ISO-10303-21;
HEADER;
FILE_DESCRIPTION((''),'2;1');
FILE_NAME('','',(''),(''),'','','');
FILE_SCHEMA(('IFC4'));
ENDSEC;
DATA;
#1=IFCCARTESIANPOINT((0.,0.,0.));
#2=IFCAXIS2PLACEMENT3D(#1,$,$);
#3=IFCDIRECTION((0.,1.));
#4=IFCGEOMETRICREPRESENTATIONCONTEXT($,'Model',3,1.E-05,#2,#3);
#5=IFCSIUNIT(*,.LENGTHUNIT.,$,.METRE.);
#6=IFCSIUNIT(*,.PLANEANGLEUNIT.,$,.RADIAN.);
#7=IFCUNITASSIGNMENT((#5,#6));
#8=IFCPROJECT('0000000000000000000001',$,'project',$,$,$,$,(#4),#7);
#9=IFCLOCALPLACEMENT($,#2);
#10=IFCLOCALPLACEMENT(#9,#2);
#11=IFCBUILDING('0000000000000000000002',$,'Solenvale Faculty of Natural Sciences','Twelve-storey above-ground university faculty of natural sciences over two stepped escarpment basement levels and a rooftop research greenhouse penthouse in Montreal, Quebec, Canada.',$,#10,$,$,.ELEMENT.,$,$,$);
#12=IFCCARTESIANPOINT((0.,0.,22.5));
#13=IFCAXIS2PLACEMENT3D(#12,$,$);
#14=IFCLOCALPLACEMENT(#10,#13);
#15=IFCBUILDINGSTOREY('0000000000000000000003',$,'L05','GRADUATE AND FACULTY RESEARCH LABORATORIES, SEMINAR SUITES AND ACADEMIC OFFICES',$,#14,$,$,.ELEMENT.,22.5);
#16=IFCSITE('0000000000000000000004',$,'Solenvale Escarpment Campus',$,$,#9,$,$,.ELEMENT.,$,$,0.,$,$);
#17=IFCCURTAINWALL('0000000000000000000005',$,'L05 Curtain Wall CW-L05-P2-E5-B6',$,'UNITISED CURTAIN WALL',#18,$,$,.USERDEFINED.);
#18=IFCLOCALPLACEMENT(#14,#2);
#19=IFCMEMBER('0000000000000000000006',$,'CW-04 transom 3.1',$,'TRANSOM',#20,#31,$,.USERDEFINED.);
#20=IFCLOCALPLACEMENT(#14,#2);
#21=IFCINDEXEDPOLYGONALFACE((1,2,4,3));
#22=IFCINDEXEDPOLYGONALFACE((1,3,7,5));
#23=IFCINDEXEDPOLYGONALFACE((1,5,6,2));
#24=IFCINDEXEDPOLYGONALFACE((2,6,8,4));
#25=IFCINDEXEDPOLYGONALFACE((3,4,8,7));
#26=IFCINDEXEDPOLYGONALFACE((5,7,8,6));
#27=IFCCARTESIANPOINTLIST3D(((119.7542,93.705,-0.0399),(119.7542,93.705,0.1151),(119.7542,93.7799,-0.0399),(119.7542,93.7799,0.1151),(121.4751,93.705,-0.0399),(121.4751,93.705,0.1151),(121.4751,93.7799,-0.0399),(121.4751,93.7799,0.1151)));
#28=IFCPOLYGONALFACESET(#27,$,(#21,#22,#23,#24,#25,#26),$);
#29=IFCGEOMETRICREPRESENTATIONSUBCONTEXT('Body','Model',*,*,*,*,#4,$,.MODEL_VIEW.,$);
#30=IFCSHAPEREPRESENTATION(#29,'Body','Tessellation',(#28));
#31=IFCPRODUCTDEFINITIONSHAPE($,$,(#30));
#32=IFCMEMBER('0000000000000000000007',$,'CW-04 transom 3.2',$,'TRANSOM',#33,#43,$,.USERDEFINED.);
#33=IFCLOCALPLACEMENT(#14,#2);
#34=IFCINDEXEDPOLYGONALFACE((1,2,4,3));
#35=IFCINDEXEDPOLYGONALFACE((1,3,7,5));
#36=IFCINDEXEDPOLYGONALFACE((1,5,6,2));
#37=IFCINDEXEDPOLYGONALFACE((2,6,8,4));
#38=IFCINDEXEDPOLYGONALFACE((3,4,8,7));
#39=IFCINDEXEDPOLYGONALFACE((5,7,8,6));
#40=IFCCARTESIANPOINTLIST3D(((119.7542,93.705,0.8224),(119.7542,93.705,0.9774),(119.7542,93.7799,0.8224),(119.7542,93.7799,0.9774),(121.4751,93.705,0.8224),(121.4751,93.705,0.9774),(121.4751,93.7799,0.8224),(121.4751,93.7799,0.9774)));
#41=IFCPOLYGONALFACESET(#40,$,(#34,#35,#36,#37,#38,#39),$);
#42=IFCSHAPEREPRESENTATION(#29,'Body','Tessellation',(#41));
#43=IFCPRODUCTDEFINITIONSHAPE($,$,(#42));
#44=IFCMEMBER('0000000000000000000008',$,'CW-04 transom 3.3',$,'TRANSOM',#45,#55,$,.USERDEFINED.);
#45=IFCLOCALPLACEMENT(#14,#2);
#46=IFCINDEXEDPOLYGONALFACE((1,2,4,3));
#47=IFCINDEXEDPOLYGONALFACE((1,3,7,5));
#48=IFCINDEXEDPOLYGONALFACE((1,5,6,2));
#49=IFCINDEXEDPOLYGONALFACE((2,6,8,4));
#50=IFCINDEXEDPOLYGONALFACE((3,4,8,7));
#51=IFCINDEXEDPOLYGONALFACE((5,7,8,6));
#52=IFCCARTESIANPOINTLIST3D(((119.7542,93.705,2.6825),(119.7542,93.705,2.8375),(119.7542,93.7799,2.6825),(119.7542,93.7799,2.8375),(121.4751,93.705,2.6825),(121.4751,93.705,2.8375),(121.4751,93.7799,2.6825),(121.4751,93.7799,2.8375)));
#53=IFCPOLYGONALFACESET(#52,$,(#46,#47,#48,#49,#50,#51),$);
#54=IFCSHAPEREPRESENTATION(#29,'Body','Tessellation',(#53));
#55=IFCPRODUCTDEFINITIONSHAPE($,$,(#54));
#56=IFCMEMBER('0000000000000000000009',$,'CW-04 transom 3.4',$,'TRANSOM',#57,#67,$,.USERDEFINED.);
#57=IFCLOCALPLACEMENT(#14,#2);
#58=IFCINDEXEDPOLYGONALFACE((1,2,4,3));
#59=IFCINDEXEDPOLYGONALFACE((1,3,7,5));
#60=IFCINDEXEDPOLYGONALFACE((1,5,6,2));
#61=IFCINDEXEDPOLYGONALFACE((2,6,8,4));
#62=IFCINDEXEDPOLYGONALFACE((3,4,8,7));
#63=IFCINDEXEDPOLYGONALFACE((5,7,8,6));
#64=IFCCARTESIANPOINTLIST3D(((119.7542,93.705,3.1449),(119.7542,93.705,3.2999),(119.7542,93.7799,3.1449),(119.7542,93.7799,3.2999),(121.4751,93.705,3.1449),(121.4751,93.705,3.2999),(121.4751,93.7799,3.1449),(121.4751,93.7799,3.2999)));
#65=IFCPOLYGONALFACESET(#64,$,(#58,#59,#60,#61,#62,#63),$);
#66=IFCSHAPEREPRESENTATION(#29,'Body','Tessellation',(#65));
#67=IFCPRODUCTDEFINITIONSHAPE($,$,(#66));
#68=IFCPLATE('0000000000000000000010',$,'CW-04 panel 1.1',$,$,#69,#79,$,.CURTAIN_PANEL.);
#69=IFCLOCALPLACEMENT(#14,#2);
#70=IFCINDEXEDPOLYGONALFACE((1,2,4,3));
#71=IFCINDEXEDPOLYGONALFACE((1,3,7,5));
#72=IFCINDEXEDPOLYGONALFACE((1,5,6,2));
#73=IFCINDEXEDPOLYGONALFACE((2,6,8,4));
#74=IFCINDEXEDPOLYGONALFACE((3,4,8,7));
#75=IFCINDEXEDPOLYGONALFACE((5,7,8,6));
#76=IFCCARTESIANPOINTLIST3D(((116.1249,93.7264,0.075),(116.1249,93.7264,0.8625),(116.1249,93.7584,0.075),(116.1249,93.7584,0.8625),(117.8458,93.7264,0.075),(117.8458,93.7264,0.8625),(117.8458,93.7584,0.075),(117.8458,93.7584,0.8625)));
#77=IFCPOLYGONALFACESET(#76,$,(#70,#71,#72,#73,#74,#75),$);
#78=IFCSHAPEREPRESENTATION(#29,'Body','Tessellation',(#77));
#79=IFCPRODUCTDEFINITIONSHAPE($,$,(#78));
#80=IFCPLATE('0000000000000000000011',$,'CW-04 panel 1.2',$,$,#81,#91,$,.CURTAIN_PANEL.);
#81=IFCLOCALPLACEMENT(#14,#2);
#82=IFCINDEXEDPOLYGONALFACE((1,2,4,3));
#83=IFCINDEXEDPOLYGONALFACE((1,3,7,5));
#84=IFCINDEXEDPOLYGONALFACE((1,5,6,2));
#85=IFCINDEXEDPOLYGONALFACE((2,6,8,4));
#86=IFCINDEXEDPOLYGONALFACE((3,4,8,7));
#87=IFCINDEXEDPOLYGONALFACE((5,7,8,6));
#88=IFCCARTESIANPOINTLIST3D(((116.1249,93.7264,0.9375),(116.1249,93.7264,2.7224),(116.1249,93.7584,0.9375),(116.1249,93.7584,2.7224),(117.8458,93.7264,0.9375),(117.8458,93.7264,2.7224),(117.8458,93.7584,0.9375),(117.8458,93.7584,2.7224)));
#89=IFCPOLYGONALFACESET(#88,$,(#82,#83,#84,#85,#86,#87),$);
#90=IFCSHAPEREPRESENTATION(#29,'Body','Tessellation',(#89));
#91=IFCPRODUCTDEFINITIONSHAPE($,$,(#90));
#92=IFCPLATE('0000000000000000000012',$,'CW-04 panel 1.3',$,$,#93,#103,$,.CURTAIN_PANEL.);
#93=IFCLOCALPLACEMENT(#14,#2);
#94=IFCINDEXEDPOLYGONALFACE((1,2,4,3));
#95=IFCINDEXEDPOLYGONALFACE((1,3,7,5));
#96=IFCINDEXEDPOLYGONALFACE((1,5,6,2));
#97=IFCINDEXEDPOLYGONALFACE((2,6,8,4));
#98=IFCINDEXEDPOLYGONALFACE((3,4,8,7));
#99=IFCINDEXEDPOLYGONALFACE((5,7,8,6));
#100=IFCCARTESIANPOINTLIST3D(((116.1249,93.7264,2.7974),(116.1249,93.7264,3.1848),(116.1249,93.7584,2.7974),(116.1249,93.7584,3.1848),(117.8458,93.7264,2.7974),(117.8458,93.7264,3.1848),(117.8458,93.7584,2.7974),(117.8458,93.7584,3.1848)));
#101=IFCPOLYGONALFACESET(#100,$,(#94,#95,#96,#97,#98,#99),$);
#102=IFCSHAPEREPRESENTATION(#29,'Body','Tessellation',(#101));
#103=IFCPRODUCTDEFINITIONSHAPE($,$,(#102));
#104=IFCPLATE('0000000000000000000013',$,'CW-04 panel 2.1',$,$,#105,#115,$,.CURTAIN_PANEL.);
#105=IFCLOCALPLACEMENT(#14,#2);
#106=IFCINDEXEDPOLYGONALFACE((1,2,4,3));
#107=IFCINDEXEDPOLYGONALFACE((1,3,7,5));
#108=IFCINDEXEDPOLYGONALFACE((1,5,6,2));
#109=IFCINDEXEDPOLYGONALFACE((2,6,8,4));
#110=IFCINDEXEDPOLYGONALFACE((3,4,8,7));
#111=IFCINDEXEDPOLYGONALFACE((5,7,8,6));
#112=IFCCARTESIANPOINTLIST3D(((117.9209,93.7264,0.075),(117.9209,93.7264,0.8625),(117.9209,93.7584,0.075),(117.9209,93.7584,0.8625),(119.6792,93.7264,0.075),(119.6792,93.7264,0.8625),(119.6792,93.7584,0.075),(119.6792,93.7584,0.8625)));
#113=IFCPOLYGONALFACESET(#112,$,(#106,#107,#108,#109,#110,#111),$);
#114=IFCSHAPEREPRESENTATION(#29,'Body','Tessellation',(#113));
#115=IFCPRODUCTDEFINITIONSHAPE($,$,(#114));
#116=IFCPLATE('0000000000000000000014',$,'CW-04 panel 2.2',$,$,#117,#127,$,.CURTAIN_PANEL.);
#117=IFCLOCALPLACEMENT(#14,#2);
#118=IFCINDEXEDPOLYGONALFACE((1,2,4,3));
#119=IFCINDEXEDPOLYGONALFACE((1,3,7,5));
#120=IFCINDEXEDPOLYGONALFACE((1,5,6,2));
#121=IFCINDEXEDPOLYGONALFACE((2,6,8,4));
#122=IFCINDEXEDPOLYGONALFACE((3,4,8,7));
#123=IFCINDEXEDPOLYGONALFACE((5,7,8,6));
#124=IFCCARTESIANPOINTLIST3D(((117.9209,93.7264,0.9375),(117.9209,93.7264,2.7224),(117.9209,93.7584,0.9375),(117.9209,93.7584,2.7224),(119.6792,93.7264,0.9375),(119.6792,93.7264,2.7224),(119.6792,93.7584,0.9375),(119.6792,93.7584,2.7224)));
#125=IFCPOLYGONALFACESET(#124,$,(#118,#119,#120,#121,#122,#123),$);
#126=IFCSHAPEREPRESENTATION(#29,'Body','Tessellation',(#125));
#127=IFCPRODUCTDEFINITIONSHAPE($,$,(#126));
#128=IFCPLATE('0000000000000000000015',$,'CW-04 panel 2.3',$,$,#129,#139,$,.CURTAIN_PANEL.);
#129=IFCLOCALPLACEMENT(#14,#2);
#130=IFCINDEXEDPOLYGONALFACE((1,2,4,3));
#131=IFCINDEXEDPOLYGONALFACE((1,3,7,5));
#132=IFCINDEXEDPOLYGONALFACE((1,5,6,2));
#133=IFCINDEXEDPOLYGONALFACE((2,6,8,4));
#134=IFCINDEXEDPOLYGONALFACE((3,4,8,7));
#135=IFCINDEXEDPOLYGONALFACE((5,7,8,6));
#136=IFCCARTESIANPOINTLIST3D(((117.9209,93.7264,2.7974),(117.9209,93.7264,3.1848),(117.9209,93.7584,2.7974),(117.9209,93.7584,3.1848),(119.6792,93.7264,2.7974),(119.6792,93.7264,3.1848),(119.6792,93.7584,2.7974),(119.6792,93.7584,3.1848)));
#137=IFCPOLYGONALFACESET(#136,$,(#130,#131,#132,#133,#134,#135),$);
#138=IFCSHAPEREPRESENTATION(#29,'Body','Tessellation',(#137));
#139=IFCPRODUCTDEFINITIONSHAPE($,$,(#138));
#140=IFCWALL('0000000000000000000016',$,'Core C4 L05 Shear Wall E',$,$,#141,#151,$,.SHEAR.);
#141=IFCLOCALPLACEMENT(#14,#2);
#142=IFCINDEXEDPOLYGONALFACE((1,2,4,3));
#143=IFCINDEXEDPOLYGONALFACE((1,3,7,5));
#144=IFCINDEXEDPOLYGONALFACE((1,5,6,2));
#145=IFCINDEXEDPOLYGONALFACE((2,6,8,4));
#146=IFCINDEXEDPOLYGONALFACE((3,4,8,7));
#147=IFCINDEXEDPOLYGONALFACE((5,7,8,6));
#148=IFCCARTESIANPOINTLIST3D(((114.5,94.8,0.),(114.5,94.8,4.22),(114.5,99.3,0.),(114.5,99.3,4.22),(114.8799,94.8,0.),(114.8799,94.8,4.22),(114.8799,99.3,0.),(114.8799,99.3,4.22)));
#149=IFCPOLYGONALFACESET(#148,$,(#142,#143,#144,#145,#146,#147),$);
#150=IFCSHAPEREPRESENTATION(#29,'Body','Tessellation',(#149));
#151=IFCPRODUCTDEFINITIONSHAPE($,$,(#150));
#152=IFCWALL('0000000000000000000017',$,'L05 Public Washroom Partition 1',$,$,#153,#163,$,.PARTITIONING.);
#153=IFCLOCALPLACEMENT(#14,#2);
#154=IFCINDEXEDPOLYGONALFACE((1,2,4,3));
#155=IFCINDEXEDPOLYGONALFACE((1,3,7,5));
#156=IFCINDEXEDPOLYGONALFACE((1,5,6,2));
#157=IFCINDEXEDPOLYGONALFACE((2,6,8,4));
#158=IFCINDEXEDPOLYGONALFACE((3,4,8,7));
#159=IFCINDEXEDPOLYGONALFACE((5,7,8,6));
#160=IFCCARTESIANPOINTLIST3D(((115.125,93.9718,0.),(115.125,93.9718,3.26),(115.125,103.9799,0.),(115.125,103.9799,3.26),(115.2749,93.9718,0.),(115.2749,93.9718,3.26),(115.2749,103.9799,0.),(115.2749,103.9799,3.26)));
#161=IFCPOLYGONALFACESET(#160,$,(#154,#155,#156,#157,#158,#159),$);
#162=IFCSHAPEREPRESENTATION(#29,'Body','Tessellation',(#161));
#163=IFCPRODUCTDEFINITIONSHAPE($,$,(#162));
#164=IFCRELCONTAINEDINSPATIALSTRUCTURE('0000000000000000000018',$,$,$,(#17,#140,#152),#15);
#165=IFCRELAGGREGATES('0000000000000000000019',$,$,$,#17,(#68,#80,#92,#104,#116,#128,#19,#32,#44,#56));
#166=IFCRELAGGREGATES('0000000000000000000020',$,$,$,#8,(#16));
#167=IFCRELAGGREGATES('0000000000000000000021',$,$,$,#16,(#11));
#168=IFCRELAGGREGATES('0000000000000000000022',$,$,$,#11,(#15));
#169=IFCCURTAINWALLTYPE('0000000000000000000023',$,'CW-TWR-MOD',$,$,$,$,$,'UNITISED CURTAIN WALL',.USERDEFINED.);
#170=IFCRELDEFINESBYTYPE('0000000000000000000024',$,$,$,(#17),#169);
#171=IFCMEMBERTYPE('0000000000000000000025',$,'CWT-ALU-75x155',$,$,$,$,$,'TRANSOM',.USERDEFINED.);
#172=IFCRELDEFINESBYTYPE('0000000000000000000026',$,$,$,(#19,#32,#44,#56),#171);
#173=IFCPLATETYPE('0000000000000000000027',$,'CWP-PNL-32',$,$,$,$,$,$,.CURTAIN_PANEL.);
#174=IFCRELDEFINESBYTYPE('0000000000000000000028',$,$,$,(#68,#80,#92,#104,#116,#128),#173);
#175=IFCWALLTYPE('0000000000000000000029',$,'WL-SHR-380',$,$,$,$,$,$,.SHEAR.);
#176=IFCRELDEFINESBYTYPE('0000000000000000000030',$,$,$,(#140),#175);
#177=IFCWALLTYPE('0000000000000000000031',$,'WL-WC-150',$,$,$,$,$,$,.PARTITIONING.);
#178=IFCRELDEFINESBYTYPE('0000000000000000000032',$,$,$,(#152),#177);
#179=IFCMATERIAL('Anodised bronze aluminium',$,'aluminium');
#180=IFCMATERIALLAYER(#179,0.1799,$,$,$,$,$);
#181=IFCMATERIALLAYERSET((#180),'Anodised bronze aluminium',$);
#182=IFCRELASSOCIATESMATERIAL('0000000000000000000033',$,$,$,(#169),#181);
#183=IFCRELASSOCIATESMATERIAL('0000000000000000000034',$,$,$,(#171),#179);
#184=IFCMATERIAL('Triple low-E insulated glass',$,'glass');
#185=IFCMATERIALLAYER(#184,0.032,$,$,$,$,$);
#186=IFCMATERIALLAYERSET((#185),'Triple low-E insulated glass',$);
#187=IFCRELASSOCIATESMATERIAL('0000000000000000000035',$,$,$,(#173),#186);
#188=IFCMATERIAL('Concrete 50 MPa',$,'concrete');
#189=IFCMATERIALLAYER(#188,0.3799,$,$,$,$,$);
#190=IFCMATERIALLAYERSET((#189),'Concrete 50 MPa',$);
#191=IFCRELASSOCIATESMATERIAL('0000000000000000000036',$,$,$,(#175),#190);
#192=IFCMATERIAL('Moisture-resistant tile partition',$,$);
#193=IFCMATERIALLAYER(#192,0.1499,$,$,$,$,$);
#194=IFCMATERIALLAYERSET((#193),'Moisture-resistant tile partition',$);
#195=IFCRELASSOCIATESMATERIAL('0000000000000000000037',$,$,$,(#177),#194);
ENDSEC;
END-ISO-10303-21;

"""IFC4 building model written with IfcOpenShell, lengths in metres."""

from ifc_helpers import new_model, si_unit, direction, frame, frame_2d, origin, origin_2d, place, context, subcontext, project, spatial, rectangle, extrude, material, layer, layer_set, material_profile, profile_set, type_object, element, aggregate, save


model = new_model("IFC4")

# Units and contexts
model_context = context("Model", 3, precision=1e-05, world=origin(), true_north=direction((0.0, 1.0)))
body_context = subcontext(model_context, "Body", "Model", "MODEL_VIEW")
ifc_project = project(units=[si_unit("LENGTHUNIT", "METRE"), si_unit("PLANEANGLEUNIT", "RADIAN")], contexts=[model_context])

# Site, building, storey
site_placement = place(None, origin())
site = spatial("IfcSite", under=ifc_project, at=site_placement, Name="Solenvale Escarpment Campus", CompositionType="ELEMENT", RefElevation=0.0)
building_placement = place(site_placement, origin())
building = spatial("IfcBuilding", under=site, at=building_placement, Name="Solenvale Faculty of Natural Sciences", Description="Twelve-storey above-ground university faculty of natural sciences over two stepped escarpment basement levels and a rooftop research greenhouse penthouse in Montreal, Quebec, Canada.", CompositionType="ELEMENT")
storey_placement = place(building_placement, frame((0.0, 0.0, 22.5)))
storey = spatial("IfcBuildingStorey", under=building, at=storey_placement, Name="L05", Description="GRADUATE AND FACULTY RESEARCH LABORATORIES, SEMINAR SUITES AND ACADEMIC OFFICES", CompositionType="ELEMENT", Elevation=22.5)

# Curtain wall, members, plates
ifc_material_1 = material(Name="Anodised bronze aluminium", Category="aluminium")
ifc_layer_1 = layer(ifc_material_1, 0.1799)
ifc_layer_set_1 = layer_set([ifc_layer_1], Name="Anodised bronze aluminium")
curtain_wall_type = type_object("IfcCurtainWallType", Name="CW-TWR-MOD", ElementType="UNITISED CURTAIN WALL", PredefinedType="USERDEFINED", material=ifc_layer_set_1)
curtain_wall_placement = place(storey_placement, origin())
curtain_wall = element("IfcCurtainWall", 1, at=curtain_wall_placement, inside=storey, type_object=curtain_wall_type, Name="L05 Curtain Wall CW-L05-P2-E5-B6", ObjectType="UNITISED CURTAIN WALL", PredefinedType="USERDEFINED")
ifc_material_profile_1 = material_profile(ifc_material_1, rectangle(XDim=0.075, YDim=0.155, at=origin_2d()), Name="ALU-TRN-75x155")
ifc_profile_set_1 = profile_set([ifc_material_profile_1], Name="Anodised bronze aluminium")
member_type_1 = type_object("IfcMemberType", Name="CWT-ALU-75x155", ElementType="TRANSOM", PredefinedType="USERDEFINED", material=ifc_profile_set_1)
member_1_placement = place(storey_placement, frame((119.7542, 93.7424, 0.0376), z_axis=(1.0, 0.0, 0.0), x_axis=(0.0, 1.0, 0.0)))
member_1 = element("IfcMember", 2, at=member_1_placement, type_object=member_type_1, Name="CW-04 transom 3.1", ObjectType="TRANSOM", PredefinedType="USERDEFINED", context=body_context, shape_type="SweptSolid", body=[
    extrude(rectangle(XDim=0.075, YDim=0.155, at=origin_2d()), origin(), (0.0, 0.0, 1.0), 1.7209),
])
member_2_placement = place(storey_placement, frame((119.7542, 93.7424, 0.8999), z_axis=(1.0, 0.0, 0.0), x_axis=(0.0, 1.0, 0.0)))
member_2 = element("IfcMember", 3, at=member_2_placement, type_object=member_type_1, Name="CW-04 transom 3.2", ObjectType="TRANSOM", PredefinedType="USERDEFINED", context=body_context, shape_type="SweptSolid", body=[
    extrude(rectangle(XDim=0.075, YDim=0.155, at=origin_2d()), origin(), (0.0, 0.0, 1.0), 1.7209),
])
member_3_placement = place(storey_placement, frame((119.7542, 93.7424, 2.76), z_axis=(1.0, 0.0, 0.0), x_axis=(0.0, 1.0, 0.0)))
member_3 = element("IfcMember", 4, at=member_3_placement, type_object=member_type_1, Name="CW-04 transom 3.3", ObjectType="TRANSOM", PredefinedType="USERDEFINED", context=body_context, shape_type="SweptSolid", body=[
    extrude(rectangle(XDim=0.075, YDim=0.155, at=origin_2d()), origin(), (0.0, 0.0, 1.0), 1.7209),
])
member_4_placement = place(storey_placement, frame((119.7542, 93.7424, 3.2224), z_axis=(1.0, 0.0, 0.0), x_axis=(0.0, 1.0, 0.0)))
member_4 = element("IfcMember", 5, at=member_4_placement, type_object=member_type_1, Name="CW-04 transom 3.4", ObjectType="TRANSOM", PredefinedType="USERDEFINED", context=body_context, shape_type="SweptSolid", body=[
    extrude(rectangle(XDim=0.075, YDim=0.155, at=origin_2d()), origin(), (0.0, 0.0, 1.0), 1.7209),
])
ifc_material_2 = material(Name="Triple low-E insulated glass", Category="glass")
ifc_layer_2 = layer(ifc_material_2, 0.032)
ifc_layer_set_2 = layer_set([ifc_layer_2], Name="Triple low-E insulated glass")
plate_type = type_object("IfcPlateType", Name="CWP-PNL-32", PredefinedType="CURTAIN_PANEL", material=ifc_layer_set_2)
plate_1_placement = place(storey_placement, frame((116.9854, 93.7424, 0.075), z_axis=(0.0, 0.0, 1.0), x_axis=(1.0, 0.0, 0.0)))
plate_1 = element("IfcPlate", 6, at=plate_1_placement, type_object=plate_type, Name="CW-04 panel 1.1", PredefinedType="CURTAIN_PANEL", context=body_context, shape_type="SweptSolid", body=[
    extrude(rectangle(XDim=1.7209, YDim=0.032, at=origin_2d()), origin(), (0.0, 0.0, 1.0), 0.7876),
])
plate_2_placement = place(storey_placement, frame((116.9854, 93.7424, 0.9375), z_axis=(0.0, 0.0, 1.0), x_axis=(1.0, 0.0, 0.0)))
plate_2 = element("IfcPlate", 7, at=plate_2_placement, type_object=plate_type, Name="CW-04 panel 1.2", PredefinedType="CURTAIN_PANEL", context=body_context, shape_type="SweptSolid", body=[
    extrude(rectangle(XDim=1.7209, YDim=0.032, at=origin_2d()), origin(), (0.0, 0.0, 1.0), 1.7849),
])
plate_3_placement = place(storey_placement, frame((116.9854, 93.7424, 2.7974), z_axis=(0.0, 0.0, 1.0), x_axis=(1.0, 0.0, 0.0)))
plate_3 = element("IfcPlate", 8, at=plate_3_placement, type_object=plate_type, Name="CW-04 panel 1.3", PredefinedType="CURTAIN_PANEL", context=body_context, shape_type="SweptSolid", body=[
    extrude(rectangle(XDim=1.7209, YDim=0.032, at=origin_2d()), origin(), (0.0, 0.0, 1.0), 0.3875),
])
plate_4_placement = place(storey_placement, frame((118.8, 93.7424, 0.075), z_axis=(0.0, 0.0, 1.0), x_axis=(1.0, 0.0, 0.0)))
plate_4 = element("IfcPlate", 9, at=plate_4_placement, type_object=plate_type, Name="CW-04 panel 2.1", PredefinedType="CURTAIN_PANEL", context=body_context, shape_type="SweptSolid", body=[
    extrude(rectangle(XDim=1.7583, YDim=0.032, at=origin_2d()), origin(), (0.0, 0.0, 1.0), 0.7876),
])
plate_5_placement = place(storey_placement, frame((118.8, 93.7424, 0.9375), z_axis=(0.0, 0.0, 1.0), x_axis=(1.0, 0.0, 0.0)))
plate_5 = element("IfcPlate", 10, at=plate_5_placement, type_object=plate_type, Name="CW-04 panel 2.2", PredefinedType="CURTAIN_PANEL", context=body_context, shape_type="SweptSolid", body=[
    extrude(rectangle(XDim=1.7583, YDim=0.032, at=origin_2d()), origin(), (0.0, 0.0, 1.0), 1.7849),
])
plate_6_placement = place(storey_placement, frame((118.8, 93.7424, 2.7974), z_axis=(0.0, 0.0, 1.0), x_axis=(1.0, 0.0, 0.0)))
plate_6 = element("IfcPlate", 11, at=plate_6_placement, type_object=plate_type, Name="CW-04 panel 2.3", PredefinedType="CURTAIN_PANEL", context=body_context, shape_type="SweptSolid", body=[
    extrude(rectangle(XDim=1.7583, YDim=0.032, at=origin_2d()), origin(), (0.0, 0.0, 1.0), 0.3875),
])
aggregate(curtain_wall, [plate_1, plate_2, plate_3, plate_4, plate_5, plate_6, member_1, member_2, member_3, member_4])

# Walls
ifc_material_3 = material(Name="Concrete 50 MPa", Category="concrete")
ifc_layer_3 = layer(ifc_material_3, 0.3799)
ifc_layer_set_3 = layer_set([ifc_layer_3], Name="Concrete 50 MPa")
wall_type_1 = type_object("IfcWallType", Name="WL-SHR-380", PredefinedType="SHEAR", material=ifc_layer_set_3)
wall_1_placement = place(storey_placement, frame((114.6899, 94.8, 0.0), z_axis=(0.0, 0.0, 1.0), x_axis=(0.0, 1.0, 0.0)))
element("IfcWall", 12, at=wall_1_placement, inside=storey, type_object=wall_type_1, Name="Core C4 L05 Shear Wall E", PredefinedType="SHEAR", context=body_context, shape_type="SweptSolid", body=[
    extrude(rectangle(XDim=4.5, YDim=0.3799, at=frame_2d((2.25, 0.0))), origin(), (0.0, 0.0, 1.0), 4.22),
])
ifc_material_4 = material(Name="Moisture-resistant tile partition")
ifc_layer_4 = layer(ifc_material_4, 0.1499)
ifc_layer_set_4 = layer_set([ifc_layer_4], Name="Moisture-resistant tile partition")
wall_type_2 = type_object("IfcWallType", Name="WL-WC-150", PredefinedType="PARTITIONING", material=ifc_layer_set_4)
wall_2_placement = place(storey_placement, frame((115.2, 93.9719, 0.0), z_axis=(0.0, 0.0, 1.0), x_axis=(0.0, 1.0, 0.0)))
element("IfcWall", 13, at=wall_2_placement, inside=storey, type_object=wall_type_2, Name="L05 Public Washroom Partition 1", PredefinedType="PARTITIONING", context=body_context, shape_type="SweptSolid", body=[
    extrude(rectangle(XDim=10.0081, YDim=0.1499, at=frame_2d((5.0039, 0.0))), origin(), (0.0, 0.0, 1.0), 3.26),
])

save(model, "model.ifc")
